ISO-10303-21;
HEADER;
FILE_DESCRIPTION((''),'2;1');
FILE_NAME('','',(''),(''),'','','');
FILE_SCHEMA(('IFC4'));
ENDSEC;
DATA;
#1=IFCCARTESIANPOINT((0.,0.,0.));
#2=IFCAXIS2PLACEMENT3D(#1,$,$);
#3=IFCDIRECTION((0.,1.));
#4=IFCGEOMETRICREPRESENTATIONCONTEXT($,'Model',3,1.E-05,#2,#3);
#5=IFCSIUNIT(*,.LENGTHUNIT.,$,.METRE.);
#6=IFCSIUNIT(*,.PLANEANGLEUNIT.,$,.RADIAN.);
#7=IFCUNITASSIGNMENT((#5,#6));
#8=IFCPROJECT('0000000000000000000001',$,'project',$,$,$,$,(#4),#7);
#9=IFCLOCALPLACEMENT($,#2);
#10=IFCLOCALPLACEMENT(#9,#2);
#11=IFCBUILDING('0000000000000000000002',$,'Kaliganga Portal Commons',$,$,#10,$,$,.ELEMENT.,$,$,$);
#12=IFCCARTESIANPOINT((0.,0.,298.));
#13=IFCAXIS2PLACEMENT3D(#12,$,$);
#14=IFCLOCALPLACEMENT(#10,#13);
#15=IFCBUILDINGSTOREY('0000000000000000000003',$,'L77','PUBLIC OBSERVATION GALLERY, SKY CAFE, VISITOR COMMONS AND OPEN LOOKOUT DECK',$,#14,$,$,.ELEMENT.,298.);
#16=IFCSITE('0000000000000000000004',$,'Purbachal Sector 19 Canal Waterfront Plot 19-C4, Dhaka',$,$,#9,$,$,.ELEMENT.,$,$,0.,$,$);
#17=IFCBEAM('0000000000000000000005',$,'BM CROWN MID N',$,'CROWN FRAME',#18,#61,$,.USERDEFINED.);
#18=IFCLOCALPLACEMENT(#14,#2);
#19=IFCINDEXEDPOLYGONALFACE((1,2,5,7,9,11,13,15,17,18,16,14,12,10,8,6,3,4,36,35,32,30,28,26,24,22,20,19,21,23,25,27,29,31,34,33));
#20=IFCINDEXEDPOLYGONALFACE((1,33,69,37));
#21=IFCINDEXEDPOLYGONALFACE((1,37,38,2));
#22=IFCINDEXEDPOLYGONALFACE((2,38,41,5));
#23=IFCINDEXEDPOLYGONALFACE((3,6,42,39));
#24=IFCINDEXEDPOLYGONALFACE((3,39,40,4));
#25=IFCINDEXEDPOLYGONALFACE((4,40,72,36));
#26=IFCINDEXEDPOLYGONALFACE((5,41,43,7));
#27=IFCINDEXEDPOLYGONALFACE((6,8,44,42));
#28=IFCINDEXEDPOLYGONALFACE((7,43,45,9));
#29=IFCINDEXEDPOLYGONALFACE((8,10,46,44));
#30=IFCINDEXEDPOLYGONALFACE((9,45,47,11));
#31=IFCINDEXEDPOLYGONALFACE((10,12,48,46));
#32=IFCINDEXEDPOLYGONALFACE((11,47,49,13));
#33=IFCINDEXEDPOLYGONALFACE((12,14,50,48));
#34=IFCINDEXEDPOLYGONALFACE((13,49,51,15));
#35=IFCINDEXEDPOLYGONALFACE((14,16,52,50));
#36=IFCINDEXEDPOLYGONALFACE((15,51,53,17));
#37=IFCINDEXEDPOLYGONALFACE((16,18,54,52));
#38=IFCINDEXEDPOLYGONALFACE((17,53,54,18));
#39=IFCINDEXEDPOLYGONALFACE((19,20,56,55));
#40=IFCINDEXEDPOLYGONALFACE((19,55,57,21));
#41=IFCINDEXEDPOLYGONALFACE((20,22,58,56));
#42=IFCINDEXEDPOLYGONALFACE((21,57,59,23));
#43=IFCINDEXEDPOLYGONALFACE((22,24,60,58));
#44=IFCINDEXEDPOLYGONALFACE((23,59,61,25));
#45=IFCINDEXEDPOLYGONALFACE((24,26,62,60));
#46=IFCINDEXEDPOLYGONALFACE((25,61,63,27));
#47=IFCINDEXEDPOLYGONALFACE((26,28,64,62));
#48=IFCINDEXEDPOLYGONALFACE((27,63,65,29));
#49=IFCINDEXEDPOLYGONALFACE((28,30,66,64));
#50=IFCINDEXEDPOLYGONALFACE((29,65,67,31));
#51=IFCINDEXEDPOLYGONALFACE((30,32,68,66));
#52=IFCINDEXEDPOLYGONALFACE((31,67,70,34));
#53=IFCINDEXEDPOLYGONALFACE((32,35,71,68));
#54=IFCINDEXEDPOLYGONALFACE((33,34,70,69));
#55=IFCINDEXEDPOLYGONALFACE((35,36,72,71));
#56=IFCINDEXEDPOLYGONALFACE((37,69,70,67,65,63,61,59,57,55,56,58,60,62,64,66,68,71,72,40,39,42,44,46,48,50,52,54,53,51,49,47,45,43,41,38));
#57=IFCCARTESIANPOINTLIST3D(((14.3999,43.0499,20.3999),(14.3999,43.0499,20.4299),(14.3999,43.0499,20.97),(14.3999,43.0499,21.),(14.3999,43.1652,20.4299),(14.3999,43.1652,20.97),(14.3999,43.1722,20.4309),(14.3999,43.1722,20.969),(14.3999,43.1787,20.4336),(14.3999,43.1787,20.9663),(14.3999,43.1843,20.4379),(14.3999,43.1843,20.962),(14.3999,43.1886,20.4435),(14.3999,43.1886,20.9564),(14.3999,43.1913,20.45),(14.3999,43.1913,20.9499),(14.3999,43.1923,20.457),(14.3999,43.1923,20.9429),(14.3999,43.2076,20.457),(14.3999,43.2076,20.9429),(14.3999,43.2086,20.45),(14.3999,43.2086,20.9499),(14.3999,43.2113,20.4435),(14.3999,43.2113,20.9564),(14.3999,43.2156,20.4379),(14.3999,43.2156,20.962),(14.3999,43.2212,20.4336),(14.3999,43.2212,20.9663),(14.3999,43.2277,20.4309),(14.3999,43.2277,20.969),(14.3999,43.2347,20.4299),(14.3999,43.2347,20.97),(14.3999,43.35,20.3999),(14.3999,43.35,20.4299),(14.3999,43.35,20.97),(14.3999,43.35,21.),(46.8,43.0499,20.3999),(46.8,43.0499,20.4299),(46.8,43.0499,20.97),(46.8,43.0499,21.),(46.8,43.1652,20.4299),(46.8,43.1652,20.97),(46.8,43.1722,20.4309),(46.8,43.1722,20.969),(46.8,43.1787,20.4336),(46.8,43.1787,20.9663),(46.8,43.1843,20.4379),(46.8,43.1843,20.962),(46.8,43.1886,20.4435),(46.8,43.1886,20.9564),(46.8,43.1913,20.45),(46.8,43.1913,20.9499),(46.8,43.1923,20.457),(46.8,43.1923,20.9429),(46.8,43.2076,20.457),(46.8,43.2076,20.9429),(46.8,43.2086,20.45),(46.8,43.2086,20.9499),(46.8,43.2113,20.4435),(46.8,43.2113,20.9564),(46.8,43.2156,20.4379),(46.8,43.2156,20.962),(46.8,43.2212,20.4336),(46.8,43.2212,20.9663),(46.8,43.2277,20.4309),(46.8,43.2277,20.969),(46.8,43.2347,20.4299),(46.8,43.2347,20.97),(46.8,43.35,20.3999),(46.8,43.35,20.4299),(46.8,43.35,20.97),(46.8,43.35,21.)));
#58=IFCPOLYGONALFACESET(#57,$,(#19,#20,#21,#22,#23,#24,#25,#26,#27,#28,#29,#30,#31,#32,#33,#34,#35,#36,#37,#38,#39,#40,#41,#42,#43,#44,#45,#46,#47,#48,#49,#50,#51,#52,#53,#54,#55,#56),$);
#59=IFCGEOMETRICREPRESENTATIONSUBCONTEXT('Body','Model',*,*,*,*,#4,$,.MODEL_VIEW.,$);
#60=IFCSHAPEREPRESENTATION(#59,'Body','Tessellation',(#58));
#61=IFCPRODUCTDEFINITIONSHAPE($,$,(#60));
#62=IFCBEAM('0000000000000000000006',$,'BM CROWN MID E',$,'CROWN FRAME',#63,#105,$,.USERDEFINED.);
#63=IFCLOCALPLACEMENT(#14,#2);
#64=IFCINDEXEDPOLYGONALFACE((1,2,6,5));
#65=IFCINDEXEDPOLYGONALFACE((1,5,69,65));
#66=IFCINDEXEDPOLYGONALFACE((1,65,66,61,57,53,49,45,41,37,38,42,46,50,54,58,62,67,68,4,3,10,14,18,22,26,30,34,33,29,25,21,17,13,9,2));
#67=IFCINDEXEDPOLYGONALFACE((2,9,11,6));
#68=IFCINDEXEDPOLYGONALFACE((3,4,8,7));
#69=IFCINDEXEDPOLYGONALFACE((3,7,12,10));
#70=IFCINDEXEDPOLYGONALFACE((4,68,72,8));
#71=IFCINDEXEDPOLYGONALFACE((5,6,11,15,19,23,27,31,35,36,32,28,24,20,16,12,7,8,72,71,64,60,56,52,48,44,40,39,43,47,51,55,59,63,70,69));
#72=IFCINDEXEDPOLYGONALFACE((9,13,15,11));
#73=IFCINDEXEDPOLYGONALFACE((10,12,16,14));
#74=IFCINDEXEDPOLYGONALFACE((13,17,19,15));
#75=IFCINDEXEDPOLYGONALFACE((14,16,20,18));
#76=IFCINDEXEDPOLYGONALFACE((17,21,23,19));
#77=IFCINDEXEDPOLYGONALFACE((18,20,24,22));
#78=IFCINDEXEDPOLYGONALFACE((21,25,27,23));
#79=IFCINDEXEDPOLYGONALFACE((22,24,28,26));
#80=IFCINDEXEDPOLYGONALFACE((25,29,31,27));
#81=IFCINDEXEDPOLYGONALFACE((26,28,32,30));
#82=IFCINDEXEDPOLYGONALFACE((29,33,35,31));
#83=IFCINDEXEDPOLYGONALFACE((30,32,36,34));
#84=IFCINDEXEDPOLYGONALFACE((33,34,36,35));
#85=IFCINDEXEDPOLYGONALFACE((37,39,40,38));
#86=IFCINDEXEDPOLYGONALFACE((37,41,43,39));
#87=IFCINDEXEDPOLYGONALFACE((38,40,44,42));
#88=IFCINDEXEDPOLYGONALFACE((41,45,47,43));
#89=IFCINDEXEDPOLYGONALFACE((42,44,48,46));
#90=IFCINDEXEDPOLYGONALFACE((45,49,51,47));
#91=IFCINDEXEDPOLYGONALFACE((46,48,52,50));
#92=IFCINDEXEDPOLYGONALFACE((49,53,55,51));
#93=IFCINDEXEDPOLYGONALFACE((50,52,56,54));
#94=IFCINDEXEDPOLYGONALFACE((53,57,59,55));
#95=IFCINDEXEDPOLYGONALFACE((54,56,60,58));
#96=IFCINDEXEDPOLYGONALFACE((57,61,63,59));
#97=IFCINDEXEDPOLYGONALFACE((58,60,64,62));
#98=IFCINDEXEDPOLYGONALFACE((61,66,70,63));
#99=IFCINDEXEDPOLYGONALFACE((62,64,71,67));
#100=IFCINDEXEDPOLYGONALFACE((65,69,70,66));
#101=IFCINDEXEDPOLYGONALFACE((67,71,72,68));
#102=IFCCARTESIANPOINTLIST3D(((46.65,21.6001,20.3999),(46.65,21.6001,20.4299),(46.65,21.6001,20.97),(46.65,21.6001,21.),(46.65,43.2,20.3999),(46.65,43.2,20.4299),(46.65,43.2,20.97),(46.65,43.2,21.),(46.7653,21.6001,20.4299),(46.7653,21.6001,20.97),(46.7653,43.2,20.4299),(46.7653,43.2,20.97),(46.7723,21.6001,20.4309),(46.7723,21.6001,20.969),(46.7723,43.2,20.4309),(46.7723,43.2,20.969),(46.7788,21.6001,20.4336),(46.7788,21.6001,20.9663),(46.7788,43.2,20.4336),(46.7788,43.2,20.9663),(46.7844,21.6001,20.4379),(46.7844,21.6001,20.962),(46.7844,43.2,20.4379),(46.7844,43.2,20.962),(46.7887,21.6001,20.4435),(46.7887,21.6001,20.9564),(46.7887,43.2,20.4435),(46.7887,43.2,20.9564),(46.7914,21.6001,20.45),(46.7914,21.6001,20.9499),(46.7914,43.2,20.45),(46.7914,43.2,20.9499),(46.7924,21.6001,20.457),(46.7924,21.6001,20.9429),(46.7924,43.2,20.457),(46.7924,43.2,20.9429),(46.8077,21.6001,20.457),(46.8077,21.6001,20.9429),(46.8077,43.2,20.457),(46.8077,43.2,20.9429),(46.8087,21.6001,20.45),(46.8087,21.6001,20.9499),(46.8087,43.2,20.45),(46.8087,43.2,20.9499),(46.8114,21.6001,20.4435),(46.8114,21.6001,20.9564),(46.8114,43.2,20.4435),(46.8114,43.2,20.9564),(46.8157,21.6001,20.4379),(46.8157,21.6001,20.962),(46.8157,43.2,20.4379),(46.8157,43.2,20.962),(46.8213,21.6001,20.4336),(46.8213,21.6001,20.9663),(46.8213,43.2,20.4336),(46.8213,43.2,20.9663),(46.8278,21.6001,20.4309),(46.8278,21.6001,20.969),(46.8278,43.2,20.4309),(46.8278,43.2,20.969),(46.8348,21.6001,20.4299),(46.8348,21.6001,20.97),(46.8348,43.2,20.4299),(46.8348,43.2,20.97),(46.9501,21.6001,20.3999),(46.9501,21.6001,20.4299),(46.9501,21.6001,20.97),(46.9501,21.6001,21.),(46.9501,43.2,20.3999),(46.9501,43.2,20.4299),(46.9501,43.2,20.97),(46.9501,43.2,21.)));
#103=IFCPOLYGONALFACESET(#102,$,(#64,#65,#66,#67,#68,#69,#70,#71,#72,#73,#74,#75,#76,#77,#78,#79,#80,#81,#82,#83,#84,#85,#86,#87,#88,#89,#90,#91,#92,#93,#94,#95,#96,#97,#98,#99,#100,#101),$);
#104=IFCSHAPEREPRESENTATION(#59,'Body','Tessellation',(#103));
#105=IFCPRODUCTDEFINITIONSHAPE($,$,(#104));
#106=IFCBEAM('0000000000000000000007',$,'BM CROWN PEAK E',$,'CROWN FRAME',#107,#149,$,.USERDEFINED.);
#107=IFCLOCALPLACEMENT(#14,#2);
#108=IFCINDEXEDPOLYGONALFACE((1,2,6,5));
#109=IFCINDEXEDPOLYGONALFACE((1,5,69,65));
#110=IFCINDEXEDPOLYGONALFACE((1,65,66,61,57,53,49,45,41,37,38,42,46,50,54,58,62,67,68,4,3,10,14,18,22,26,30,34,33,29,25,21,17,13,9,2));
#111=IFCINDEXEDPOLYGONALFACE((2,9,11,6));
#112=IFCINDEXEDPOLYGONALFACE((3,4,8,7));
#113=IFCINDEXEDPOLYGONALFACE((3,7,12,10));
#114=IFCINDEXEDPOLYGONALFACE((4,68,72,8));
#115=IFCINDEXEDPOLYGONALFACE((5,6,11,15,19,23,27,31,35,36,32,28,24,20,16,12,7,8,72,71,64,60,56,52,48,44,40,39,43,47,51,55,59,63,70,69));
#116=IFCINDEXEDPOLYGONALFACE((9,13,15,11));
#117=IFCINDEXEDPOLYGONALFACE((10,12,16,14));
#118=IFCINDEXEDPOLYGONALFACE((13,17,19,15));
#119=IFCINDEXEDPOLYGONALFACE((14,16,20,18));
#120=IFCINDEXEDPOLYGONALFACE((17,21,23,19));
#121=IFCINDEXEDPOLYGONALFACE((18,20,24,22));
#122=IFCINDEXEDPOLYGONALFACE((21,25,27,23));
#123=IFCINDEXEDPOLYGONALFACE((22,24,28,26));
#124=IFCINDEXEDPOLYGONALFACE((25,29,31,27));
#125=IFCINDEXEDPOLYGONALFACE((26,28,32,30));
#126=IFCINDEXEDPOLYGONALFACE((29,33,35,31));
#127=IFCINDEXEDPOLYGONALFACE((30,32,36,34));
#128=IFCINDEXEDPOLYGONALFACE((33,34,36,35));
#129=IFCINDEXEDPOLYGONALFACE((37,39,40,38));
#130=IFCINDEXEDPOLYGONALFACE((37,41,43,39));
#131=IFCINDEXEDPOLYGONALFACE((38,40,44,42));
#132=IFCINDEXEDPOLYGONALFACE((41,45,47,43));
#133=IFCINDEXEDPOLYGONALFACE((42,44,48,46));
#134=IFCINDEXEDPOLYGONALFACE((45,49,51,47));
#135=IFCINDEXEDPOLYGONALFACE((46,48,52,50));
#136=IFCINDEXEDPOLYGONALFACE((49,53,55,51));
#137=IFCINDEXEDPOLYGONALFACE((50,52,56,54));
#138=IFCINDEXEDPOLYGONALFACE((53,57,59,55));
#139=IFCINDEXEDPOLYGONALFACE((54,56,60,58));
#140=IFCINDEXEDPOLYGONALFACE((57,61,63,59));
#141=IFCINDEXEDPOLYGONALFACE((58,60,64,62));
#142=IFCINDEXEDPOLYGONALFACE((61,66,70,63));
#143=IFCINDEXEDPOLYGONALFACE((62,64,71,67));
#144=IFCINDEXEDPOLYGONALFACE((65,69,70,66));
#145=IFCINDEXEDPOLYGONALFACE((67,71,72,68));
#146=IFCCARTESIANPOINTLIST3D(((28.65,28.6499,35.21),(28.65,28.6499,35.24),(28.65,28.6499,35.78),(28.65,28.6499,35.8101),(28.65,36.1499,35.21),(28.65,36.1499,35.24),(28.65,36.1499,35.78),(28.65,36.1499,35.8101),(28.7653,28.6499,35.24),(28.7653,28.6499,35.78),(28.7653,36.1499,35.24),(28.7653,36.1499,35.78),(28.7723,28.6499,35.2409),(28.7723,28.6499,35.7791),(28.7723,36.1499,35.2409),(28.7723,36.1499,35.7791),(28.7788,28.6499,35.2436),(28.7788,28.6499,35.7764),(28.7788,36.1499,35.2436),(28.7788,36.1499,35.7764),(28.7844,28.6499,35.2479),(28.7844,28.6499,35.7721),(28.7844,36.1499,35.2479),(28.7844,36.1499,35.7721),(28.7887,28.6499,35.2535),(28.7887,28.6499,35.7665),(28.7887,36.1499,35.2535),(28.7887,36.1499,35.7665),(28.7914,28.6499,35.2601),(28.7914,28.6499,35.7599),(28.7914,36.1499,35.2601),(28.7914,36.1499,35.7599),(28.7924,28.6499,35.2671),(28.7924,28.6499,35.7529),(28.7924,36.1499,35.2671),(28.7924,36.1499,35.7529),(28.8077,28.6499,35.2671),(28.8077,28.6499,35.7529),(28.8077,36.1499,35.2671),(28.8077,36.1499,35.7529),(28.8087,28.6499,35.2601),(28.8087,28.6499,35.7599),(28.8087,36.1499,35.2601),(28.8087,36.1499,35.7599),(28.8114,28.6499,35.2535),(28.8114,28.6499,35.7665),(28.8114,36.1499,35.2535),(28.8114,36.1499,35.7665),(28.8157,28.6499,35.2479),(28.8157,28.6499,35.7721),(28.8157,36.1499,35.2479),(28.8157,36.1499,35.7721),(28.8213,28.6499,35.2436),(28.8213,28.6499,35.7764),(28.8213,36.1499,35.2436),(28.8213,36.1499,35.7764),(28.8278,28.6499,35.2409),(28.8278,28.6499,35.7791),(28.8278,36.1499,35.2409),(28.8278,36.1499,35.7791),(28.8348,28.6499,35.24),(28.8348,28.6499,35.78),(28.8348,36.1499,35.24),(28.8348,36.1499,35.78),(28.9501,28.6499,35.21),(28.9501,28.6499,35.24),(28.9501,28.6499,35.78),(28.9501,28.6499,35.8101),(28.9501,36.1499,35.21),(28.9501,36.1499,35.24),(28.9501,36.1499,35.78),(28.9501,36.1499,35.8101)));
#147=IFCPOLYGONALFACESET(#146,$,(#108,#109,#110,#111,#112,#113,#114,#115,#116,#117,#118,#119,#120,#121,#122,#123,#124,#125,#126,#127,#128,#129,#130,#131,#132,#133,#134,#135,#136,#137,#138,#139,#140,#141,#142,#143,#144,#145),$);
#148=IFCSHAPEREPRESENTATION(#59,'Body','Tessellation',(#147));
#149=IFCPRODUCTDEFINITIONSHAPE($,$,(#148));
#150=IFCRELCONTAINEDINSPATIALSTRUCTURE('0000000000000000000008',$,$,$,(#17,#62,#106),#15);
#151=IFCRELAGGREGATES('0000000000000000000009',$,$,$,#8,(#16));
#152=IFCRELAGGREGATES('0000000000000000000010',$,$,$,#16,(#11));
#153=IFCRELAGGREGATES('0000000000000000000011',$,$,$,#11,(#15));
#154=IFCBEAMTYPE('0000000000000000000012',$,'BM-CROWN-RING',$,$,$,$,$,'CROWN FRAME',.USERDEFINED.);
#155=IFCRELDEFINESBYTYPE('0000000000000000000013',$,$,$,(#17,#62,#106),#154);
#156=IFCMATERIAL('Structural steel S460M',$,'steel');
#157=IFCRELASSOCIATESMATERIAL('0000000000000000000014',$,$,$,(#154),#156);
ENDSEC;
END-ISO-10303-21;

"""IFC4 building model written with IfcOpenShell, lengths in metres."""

from ifc_helpers import new_model, si_unit, direction, frame, origin, origin_2d, place, context, subcontext, project, spatial, i_section, extrude, source, transform, mapped, material, material_profile, profile_set, type_object, element, save


model = new_model("IFC4")

# Units and contexts
model_context = context("Model", 3, precision=1e-05, world=origin(), true_north=direction((0.0, 1.0)))
body_context = subcontext(model_context, "Body", "Model", "MODEL_VIEW")
ifc_project = project(units=[si_unit("LENGTHUNIT", "METRE"), si_unit("PLANEANGLEUNIT", "RADIAN")], contexts=[model_context])

# Site, building, storey
site_placement = place(None, origin())
site = spatial("IfcSite", under=ifc_project, at=site_placement, Name="Purbachal Sector 19 Canal Waterfront Plot 19-C4, Dhaka", CompositionType="ELEMENT", RefElevation=0.0)
building_placement = place(site_placement, origin())
building = spatial("IfcBuilding", under=site, at=building_placement, Name="Kaliganga Portal Commons", CompositionType="ELEMENT")
storey_placement = place(building_placement, frame((0.0, 0.0, 298.0)))
storey = spatial("IfcBuildingStorey", under=building, at=storey_placement, Name="L77", Description="PUBLIC OBSERVATION GALLERY, SKY CAFE, VISITOR COMMONS AND OPEN LOOKOUT DECK", CompositionType="ELEMENT", Elevation=298.0)

# Beams
ifc_material_1 = material(Name="Structural steel S460M", Category="steel")
ifc_material_profile_1 = material_profile(ifc_material_1, i_section(OverallWidth=0.3, OverallDepth=0.6001, WebThickness=0.0154, FlangeThickness=0.03, FilletRadius=0.0271, at=origin_2d()), Name="HE 600 B")
ifc_profile_set_1 = profile_set([ifc_material_profile_1], Name="Structural steel S460M wide-flange")
beam_type = type_object("IfcBeamType", Name="BM-CROWN-RING", ElementType="CROWN FRAME", PredefinedType="USERDEFINED", material=ifc_profile_set_1)
shared_shape_1 = source(origin(), body_context, "Body", "SweptSolid", [
    extrude(i_section(OverallWidth=0.3, OverallDepth=0.6001, WebThickness=0.0154, FlangeThickness=0.03, FilletRadius=0.0271, at=origin_2d()), origin(), (0.0, 0.0, 1.0), 32.4001),
])
beam_1_placement = place(storey_placement, frame((46.8, 43.2, 20.7), z_axis=(-1.0, 0.0, 0.0), x_axis=(0.0, -1.0, 0.0)))
element("IfcBeam", 1, at=beam_1_placement, inside=storey, type_object=beam_type, Name="BM CROWN MID N", ObjectType="CROWN FRAME", PredefinedType="USERDEFINED", context=body_context, shape_type="MappedRepresentation", body=[
    mapped(shared_shape_1, transform((0.0, 0.0, 0.0), x_axis=(1.0, 0.0, 0.0), y_axis=(0.0, 1.0, 0.0), z_axis=(0.0, 0.0, 1.0), scale=1.0)),
])
shared_shape_2 = source(origin(), body_context, "Body", "SweptSolid", [
    extrude(i_section(OverallWidth=0.3, OverallDepth=0.6001, WebThickness=0.0154, FlangeThickness=0.03, FilletRadius=0.0271, at=origin_2d()), origin(), (0.0, 0.0, 1.0), 21.5999),
])
beam_2_placement = place(storey_placement, frame((46.8, 21.6001, 20.7), z_axis=(0.0, 1.0, 0.0), x_axis=(-1.0, 0.0, 0.0)))
element("IfcBeam", 2, at=beam_2_placement, inside=storey, type_object=beam_type, Name="BM CROWN MID E", ObjectType="CROWN FRAME", PredefinedType="USERDEFINED", context=body_context, shape_type="MappedRepresentation", body=[
    mapped(shared_shape_2, transform((0.0, 0.0, 0.0), x_axis=(1.0, 0.0, 0.0), y_axis=(0.0, 1.0, 0.0), z_axis=(0.0, 0.0, 1.0), scale=1.0)),
])
shared_shape_3 = source(origin(), body_context, "Body", "SweptSolid", [
    extrude(i_section(OverallWidth=0.3, OverallDepth=0.6001, WebThickness=0.0154, FlangeThickness=0.03, FilletRadius=0.0271, at=origin_2d()), origin(), (0.0, 0.0, 1.0), 7.5),
])
beam_3_placement = place(storey_placement, frame((28.8, 28.6499, 35.51), z_axis=(0.0, 1.0, 0.0), x_axis=(-1.0, 0.0, 0.0)))
element("IfcBeam", 3, at=beam_3_placement, inside=storey, type_object=beam_type, Name="BM CROWN PEAK E", ObjectType="CROWN FRAME", PredefinedType="USERDEFINED", context=body_context, shape_type="MappedRepresentation", body=[
    mapped(shared_shape_3, transform((0.0, 0.0, 0.0), x_axis=(1.0, 0.0, 0.0), y_axis=(0.0, 1.0, 0.0), z_axis=(0.0, 0.0, 1.0), scale=1.0)),
])

save(model, "model.ifc")
